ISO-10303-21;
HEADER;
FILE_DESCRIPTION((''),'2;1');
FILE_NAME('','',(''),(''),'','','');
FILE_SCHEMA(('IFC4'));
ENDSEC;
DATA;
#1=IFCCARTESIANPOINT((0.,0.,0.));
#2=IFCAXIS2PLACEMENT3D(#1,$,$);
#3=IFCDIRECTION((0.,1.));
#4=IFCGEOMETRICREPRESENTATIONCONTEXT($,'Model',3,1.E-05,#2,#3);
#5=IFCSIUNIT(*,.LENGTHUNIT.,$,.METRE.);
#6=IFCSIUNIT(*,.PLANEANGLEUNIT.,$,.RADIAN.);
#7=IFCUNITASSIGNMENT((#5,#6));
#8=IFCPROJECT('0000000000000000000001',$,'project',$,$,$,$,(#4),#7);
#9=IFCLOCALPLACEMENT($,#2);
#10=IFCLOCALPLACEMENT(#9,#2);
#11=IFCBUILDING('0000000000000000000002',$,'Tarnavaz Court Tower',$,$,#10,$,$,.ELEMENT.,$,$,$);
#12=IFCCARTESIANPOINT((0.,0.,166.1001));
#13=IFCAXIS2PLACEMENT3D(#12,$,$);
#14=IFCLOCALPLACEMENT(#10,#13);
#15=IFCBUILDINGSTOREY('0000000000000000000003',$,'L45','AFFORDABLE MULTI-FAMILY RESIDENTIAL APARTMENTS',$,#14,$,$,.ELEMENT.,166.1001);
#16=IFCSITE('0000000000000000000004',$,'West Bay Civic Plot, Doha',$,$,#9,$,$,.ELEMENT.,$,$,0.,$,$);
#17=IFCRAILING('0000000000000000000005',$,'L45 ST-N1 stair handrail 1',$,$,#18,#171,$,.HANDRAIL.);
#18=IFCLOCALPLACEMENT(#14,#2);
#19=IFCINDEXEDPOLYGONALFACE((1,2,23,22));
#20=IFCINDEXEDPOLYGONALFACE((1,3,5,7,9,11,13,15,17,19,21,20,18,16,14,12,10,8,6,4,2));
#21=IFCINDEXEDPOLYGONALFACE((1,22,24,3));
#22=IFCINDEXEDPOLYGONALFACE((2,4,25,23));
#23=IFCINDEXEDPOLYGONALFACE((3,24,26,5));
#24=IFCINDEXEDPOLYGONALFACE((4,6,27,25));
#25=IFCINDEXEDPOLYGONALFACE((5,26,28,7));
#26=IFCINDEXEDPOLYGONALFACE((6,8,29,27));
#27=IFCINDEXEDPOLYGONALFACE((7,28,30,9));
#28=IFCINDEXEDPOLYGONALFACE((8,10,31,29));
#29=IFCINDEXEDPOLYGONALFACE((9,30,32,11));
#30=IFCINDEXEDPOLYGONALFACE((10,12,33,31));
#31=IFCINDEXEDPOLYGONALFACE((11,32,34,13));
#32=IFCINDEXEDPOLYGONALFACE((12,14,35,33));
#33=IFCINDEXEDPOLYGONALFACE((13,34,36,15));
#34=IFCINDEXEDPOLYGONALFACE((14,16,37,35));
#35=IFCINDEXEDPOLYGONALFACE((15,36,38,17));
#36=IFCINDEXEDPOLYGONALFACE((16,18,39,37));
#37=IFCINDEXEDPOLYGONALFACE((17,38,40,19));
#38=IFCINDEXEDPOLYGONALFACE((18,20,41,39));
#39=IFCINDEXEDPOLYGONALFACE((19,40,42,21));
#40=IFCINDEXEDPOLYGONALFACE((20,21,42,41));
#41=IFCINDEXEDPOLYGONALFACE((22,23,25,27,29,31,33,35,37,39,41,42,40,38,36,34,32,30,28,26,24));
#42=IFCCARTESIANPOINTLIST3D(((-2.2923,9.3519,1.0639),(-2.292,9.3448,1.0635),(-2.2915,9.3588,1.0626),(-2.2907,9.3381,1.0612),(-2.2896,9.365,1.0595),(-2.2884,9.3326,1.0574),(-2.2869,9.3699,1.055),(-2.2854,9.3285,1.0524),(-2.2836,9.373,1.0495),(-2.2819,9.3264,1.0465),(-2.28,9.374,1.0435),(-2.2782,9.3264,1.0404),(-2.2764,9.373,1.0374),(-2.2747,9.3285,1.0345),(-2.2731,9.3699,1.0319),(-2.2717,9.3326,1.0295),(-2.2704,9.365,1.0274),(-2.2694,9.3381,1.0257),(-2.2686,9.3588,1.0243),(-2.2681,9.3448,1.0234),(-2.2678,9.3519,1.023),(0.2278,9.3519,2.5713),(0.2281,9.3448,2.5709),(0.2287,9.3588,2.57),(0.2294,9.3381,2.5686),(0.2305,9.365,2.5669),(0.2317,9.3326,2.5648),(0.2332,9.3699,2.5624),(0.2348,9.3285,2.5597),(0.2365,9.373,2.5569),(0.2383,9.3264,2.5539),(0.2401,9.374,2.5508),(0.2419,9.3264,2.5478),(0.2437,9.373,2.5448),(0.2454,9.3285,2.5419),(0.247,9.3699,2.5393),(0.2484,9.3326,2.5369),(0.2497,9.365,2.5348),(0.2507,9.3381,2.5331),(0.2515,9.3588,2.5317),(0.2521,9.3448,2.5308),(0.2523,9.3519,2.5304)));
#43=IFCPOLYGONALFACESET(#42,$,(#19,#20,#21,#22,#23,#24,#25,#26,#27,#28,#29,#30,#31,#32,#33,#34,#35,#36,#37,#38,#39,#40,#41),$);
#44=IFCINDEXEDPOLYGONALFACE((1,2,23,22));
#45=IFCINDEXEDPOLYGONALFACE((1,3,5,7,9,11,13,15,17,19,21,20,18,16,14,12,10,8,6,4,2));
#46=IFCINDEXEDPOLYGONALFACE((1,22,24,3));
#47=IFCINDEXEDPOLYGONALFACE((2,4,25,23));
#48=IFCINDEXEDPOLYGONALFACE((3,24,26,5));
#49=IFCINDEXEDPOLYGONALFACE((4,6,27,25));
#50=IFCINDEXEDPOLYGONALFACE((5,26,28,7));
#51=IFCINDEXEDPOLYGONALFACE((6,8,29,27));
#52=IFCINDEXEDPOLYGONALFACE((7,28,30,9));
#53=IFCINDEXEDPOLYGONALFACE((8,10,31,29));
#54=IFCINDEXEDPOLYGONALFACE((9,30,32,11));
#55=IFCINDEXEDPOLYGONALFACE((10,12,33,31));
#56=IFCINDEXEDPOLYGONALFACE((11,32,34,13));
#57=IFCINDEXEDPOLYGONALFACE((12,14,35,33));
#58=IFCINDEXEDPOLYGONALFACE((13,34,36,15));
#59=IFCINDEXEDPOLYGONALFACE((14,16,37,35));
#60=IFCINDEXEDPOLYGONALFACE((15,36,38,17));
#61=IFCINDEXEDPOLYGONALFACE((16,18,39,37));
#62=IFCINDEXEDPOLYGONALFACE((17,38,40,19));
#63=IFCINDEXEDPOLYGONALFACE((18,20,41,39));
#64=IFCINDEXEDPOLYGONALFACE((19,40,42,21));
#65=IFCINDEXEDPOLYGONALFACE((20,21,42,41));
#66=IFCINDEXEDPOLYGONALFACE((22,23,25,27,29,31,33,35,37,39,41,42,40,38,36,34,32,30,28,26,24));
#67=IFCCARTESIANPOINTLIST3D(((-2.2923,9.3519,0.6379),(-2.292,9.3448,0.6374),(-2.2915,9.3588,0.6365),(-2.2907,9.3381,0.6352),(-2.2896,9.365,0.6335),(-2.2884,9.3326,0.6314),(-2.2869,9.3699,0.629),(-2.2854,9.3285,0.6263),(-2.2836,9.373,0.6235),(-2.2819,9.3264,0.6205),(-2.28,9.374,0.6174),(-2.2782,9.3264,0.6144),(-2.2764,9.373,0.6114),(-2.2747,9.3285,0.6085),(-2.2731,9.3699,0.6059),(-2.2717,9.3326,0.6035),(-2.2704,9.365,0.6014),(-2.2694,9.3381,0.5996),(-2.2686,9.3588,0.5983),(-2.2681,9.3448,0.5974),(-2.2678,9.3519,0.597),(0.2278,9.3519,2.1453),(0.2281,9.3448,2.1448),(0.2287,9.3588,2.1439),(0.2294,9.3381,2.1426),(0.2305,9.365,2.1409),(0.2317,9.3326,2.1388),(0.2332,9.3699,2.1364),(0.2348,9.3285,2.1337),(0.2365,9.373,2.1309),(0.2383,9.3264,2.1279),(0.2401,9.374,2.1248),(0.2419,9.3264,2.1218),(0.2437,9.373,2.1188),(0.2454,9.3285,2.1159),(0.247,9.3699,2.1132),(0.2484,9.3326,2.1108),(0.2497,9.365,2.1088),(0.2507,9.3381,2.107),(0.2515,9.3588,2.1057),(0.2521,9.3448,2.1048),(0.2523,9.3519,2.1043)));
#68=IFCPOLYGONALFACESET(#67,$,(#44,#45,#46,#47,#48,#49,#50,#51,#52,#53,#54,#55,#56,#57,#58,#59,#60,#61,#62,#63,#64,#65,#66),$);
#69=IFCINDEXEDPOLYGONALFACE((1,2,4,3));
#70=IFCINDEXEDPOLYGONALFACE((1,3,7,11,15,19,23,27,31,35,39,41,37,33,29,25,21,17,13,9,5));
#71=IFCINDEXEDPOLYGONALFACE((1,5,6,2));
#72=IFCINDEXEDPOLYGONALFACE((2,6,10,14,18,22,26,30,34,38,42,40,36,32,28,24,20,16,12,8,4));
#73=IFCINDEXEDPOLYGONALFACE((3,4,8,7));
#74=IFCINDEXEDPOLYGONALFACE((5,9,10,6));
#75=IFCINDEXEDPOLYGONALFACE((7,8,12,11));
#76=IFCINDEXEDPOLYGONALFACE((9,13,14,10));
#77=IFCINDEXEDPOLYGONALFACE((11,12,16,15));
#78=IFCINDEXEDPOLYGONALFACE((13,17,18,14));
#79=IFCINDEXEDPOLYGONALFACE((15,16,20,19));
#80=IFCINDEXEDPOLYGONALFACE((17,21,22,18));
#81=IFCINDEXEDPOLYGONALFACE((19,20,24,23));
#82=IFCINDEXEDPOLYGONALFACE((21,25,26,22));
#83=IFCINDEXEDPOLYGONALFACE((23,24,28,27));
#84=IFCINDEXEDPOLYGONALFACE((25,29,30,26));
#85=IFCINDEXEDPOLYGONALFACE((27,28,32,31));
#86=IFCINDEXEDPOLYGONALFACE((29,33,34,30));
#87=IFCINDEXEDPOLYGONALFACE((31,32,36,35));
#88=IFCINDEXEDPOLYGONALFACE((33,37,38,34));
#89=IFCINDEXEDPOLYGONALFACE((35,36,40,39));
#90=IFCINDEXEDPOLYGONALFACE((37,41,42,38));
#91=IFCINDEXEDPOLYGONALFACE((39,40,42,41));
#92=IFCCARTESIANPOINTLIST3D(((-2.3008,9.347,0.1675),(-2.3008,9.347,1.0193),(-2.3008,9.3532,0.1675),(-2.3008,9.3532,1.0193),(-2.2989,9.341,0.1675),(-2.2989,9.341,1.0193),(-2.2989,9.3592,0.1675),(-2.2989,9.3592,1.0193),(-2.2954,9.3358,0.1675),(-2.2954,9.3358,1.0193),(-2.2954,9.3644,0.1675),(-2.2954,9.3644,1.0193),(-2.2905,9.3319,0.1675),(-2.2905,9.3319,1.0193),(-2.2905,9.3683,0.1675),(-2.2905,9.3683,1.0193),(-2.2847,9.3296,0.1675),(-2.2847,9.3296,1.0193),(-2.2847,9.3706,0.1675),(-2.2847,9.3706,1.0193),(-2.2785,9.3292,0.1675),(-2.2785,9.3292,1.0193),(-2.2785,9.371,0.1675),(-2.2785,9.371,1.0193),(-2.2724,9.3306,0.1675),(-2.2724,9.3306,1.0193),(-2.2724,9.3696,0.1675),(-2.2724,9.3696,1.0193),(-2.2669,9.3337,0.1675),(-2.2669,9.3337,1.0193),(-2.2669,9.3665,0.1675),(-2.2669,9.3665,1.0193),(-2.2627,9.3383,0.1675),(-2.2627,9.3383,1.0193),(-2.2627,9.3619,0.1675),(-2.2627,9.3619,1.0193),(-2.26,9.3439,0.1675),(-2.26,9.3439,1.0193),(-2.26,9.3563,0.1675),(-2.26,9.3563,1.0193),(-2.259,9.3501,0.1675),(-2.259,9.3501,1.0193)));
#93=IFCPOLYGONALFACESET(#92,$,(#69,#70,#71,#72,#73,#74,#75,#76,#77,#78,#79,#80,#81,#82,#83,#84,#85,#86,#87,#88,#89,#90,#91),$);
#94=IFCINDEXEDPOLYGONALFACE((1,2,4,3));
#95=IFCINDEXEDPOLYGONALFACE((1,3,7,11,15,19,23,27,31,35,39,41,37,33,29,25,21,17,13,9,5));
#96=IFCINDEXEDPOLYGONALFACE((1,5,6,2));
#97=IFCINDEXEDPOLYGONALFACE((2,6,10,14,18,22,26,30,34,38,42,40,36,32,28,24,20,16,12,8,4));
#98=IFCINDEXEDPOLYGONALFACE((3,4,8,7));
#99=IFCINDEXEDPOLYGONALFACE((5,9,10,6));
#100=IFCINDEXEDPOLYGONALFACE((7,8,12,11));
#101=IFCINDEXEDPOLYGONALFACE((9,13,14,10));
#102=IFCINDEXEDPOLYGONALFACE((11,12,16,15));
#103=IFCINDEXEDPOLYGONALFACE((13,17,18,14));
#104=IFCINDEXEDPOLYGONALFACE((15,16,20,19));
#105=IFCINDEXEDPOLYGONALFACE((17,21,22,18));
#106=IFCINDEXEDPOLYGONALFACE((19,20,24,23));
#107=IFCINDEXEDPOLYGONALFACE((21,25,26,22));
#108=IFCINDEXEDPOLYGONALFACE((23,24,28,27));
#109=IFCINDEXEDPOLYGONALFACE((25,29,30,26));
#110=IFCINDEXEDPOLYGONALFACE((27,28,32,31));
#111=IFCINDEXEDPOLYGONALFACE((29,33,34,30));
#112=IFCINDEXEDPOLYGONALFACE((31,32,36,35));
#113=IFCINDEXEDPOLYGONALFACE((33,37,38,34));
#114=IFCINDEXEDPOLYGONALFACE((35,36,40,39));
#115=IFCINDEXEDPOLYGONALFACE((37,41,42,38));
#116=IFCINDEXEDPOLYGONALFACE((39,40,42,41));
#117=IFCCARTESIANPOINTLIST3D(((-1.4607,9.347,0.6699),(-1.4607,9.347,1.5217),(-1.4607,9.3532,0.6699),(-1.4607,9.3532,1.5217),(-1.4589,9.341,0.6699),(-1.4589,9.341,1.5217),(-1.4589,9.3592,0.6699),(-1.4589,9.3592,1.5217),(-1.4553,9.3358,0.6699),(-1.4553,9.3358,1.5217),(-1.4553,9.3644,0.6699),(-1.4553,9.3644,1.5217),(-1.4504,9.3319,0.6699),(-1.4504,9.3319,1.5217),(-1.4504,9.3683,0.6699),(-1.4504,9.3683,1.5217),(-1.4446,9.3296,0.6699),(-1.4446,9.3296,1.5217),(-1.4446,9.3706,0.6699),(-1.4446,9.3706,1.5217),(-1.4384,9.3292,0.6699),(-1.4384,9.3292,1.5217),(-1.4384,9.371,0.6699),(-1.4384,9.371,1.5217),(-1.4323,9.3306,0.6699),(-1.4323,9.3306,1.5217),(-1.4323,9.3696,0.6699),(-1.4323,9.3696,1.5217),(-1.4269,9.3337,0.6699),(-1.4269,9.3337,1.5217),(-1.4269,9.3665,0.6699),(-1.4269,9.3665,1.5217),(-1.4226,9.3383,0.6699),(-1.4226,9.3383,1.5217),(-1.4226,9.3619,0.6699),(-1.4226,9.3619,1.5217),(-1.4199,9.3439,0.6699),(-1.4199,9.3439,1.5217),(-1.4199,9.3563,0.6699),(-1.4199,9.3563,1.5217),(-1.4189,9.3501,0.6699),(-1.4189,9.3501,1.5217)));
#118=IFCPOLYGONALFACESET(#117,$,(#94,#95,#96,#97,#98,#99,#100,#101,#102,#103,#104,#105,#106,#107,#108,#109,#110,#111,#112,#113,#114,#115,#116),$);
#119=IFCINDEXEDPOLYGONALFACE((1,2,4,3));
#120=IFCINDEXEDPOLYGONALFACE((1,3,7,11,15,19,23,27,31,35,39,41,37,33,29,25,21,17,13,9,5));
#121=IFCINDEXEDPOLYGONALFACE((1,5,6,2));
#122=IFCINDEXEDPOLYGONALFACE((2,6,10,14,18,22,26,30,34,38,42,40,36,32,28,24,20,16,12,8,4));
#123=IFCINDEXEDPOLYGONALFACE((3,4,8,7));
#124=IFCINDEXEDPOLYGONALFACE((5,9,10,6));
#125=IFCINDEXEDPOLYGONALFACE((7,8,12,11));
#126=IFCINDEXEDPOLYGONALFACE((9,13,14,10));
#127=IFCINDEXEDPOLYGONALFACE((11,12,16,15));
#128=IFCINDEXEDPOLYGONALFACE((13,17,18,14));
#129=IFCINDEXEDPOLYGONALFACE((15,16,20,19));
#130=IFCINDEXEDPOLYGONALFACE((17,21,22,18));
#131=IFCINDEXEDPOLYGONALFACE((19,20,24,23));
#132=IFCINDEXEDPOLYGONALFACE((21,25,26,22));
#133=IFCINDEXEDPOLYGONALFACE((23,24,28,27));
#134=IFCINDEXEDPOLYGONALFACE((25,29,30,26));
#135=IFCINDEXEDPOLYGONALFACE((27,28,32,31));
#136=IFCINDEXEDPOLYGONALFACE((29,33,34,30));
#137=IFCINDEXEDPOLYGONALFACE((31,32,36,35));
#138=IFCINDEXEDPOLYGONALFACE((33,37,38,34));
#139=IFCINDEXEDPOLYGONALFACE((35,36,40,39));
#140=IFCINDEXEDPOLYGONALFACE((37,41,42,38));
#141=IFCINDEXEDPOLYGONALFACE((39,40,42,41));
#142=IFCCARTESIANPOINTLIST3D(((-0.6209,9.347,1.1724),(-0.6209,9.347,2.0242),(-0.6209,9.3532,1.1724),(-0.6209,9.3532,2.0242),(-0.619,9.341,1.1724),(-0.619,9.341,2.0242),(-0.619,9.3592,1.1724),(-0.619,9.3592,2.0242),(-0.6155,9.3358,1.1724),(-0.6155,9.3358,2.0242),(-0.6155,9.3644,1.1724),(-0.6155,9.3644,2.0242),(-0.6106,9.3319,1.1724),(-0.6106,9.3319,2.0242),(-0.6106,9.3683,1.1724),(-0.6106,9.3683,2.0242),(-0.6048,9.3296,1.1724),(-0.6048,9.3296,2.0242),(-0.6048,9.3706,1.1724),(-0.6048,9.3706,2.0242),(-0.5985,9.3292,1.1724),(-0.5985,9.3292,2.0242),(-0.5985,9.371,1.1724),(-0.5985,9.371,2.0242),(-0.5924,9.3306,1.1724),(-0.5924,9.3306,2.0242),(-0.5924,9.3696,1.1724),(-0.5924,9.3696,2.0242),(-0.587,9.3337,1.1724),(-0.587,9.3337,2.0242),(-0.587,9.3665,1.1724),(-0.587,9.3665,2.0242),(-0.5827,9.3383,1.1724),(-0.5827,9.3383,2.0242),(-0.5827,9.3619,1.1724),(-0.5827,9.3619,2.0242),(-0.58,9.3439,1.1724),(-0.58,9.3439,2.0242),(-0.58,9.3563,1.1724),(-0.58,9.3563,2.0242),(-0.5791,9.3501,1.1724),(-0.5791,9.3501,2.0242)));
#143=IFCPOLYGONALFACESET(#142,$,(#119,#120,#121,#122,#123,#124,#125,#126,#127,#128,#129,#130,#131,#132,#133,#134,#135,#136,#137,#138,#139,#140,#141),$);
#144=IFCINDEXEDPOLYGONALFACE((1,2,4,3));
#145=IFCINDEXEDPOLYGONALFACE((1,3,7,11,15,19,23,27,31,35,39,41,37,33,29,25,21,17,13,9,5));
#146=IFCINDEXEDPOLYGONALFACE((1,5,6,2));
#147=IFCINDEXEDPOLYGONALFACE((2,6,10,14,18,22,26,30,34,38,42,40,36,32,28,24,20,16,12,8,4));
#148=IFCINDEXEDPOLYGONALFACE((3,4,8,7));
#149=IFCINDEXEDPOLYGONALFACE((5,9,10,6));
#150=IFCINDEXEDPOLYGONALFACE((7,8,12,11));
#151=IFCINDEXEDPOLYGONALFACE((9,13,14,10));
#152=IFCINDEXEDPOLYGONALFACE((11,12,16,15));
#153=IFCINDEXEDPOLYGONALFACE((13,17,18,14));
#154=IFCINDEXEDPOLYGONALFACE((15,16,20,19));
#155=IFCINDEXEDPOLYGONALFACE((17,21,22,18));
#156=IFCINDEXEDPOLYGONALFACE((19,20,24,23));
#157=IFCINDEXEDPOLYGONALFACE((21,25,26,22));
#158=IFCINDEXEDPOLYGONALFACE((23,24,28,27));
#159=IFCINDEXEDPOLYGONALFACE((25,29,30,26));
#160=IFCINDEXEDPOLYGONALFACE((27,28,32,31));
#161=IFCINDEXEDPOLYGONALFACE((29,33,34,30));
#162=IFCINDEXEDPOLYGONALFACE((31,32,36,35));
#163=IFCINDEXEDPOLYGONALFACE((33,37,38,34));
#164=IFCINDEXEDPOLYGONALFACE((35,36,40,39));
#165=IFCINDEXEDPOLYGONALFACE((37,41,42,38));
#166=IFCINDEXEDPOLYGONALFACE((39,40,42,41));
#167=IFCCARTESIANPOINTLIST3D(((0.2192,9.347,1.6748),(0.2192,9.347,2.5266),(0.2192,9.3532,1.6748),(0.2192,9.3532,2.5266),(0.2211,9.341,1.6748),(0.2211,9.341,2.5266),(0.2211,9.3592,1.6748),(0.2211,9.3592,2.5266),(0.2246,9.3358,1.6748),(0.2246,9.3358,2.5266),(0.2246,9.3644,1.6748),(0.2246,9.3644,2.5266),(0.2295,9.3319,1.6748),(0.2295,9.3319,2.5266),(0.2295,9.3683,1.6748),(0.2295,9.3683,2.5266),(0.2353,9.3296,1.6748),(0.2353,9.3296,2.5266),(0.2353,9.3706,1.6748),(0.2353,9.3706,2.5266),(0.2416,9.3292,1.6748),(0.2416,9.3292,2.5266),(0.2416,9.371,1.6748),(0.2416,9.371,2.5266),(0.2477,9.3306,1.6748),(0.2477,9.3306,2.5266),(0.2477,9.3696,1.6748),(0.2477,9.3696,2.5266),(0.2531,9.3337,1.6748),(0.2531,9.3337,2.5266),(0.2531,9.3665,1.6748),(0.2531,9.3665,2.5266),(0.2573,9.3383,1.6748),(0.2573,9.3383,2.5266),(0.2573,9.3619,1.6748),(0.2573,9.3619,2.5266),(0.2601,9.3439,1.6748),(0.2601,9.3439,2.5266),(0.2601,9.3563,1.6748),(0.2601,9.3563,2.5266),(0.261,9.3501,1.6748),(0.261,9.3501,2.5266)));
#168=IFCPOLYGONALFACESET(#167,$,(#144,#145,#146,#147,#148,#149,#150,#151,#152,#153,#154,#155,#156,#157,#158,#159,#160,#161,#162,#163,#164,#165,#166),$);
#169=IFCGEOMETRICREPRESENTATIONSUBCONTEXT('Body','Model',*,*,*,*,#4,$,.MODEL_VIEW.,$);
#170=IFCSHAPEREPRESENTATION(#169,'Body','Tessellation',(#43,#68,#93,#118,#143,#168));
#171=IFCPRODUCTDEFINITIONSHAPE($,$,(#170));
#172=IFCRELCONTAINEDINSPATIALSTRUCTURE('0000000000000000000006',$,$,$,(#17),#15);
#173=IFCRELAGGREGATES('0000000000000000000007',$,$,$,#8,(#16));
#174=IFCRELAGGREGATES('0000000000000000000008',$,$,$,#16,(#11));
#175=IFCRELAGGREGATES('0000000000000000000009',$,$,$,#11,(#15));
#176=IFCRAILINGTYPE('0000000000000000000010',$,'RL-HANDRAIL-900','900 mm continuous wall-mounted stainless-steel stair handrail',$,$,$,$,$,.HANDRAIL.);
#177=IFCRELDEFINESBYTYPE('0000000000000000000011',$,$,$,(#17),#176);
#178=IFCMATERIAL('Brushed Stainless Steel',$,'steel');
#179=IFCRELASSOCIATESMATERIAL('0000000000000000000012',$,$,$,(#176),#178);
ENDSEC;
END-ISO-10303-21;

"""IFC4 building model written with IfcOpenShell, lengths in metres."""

from ifc_helpers import new_model, si_unit, direction, frame, origin, origin_2d, place, context, subcontext, project, spatial, circle, extrude, material, type_object, element, save


model = new_model("IFC4")

# Units and contexts
model_context = context("Model", 3, precision=1e-05, world=origin(), true_north=direction((0.0, 1.0)))
body_context = subcontext(model_context, "Body", "Model", "MODEL_VIEW")
ifc_project = project(units=[si_unit("LENGTHUNIT", "METRE"), si_unit("PLANEANGLEUNIT", "RADIAN")], contexts=[model_context])

# Site, building, storey
site_placement = place(None, origin())
site = spatial("IfcSite", under=ifc_project, at=site_placement, Name="West Bay Civic Plot, Doha", CompositionType="ELEMENT", RefElevation=0.0)
building_placement = place(site_placement, origin())
building = spatial("IfcBuilding", under=site, at=building_placement, Name="Tarnavaz Court Tower", CompositionType="ELEMENT")
storey_placement = place(building_placement, frame((0.0, 0.0, 166.1001)))
storey = spatial("IfcBuildingStorey", under=building, at=storey_placement, Name="L45", Description="AFFORDABLE MULTI-FAMILY RESIDENTIAL APARTMENTS", CompositionType="ELEMENT", Elevation=166.1001)

# Railing
ifc_material_1 = material(Name="Brushed Stainless Steel", Category="steel")
railing_type_1 = type_object("IfcRailingType", Name="RL-HANDRAIL-900", Description="900 mm continuous wall-mounted stainless-steel stair handrail", PredefinedType="HANDRAIL", material=ifc_material_1)
railing_1_placement = place(storey_placement, frame((-2.28, 9.3501, 0.1675)))
element("IfcRailing", 1, at=railing_1_placement, inside=storey, type_object=railing_type_1, Name="L45 ST-N1 stair handrail 1", PredefinedType="HANDRAIL", context=body_context, shape_type="SweptSolid", body=[
    extrude(circle(Radius=0.0239, at=origin_2d()), frame((0.0, 0.0, 0.876), z_axis=(0.858196, 0.0, 0.513321), x_axis=(0.0, 1.0, 0.0)), (0.0, 0.0, 1.0), 2.9365),
    extrude(circle(Radius=0.0239, at=origin_2d()), frame((0.0, 0.0, 0.45), z_axis=(0.858196, 0.0, 0.513321), x_axis=(0.0, 1.0, 0.0)), (0.0, 0.0, 1.0), 2.9365),
    extrude(circle(Radius=0.021, at=origin_2d()), origin(), (0.0, 0.0, 1.0), 0.8518),
    extrude(circle(Radius=0.021, at=origin_2d()), frame((0.8401, 0.0, 0.5024)), (0.0, 0.0, 1.0), 0.8518),
    extrude(circle(Radius=0.021, at=origin_2d()), frame((1.6799, 0.0, 1.0049)), (0.0, 0.0, 1.0), 0.8518),
    extrude(circle(Radius=0.021, at=origin_2d()), frame((2.52, 0.0, 1.5073)), (0.0, 0.0, 1.0), 0.8518),
])

save(model, "model.ifc")
